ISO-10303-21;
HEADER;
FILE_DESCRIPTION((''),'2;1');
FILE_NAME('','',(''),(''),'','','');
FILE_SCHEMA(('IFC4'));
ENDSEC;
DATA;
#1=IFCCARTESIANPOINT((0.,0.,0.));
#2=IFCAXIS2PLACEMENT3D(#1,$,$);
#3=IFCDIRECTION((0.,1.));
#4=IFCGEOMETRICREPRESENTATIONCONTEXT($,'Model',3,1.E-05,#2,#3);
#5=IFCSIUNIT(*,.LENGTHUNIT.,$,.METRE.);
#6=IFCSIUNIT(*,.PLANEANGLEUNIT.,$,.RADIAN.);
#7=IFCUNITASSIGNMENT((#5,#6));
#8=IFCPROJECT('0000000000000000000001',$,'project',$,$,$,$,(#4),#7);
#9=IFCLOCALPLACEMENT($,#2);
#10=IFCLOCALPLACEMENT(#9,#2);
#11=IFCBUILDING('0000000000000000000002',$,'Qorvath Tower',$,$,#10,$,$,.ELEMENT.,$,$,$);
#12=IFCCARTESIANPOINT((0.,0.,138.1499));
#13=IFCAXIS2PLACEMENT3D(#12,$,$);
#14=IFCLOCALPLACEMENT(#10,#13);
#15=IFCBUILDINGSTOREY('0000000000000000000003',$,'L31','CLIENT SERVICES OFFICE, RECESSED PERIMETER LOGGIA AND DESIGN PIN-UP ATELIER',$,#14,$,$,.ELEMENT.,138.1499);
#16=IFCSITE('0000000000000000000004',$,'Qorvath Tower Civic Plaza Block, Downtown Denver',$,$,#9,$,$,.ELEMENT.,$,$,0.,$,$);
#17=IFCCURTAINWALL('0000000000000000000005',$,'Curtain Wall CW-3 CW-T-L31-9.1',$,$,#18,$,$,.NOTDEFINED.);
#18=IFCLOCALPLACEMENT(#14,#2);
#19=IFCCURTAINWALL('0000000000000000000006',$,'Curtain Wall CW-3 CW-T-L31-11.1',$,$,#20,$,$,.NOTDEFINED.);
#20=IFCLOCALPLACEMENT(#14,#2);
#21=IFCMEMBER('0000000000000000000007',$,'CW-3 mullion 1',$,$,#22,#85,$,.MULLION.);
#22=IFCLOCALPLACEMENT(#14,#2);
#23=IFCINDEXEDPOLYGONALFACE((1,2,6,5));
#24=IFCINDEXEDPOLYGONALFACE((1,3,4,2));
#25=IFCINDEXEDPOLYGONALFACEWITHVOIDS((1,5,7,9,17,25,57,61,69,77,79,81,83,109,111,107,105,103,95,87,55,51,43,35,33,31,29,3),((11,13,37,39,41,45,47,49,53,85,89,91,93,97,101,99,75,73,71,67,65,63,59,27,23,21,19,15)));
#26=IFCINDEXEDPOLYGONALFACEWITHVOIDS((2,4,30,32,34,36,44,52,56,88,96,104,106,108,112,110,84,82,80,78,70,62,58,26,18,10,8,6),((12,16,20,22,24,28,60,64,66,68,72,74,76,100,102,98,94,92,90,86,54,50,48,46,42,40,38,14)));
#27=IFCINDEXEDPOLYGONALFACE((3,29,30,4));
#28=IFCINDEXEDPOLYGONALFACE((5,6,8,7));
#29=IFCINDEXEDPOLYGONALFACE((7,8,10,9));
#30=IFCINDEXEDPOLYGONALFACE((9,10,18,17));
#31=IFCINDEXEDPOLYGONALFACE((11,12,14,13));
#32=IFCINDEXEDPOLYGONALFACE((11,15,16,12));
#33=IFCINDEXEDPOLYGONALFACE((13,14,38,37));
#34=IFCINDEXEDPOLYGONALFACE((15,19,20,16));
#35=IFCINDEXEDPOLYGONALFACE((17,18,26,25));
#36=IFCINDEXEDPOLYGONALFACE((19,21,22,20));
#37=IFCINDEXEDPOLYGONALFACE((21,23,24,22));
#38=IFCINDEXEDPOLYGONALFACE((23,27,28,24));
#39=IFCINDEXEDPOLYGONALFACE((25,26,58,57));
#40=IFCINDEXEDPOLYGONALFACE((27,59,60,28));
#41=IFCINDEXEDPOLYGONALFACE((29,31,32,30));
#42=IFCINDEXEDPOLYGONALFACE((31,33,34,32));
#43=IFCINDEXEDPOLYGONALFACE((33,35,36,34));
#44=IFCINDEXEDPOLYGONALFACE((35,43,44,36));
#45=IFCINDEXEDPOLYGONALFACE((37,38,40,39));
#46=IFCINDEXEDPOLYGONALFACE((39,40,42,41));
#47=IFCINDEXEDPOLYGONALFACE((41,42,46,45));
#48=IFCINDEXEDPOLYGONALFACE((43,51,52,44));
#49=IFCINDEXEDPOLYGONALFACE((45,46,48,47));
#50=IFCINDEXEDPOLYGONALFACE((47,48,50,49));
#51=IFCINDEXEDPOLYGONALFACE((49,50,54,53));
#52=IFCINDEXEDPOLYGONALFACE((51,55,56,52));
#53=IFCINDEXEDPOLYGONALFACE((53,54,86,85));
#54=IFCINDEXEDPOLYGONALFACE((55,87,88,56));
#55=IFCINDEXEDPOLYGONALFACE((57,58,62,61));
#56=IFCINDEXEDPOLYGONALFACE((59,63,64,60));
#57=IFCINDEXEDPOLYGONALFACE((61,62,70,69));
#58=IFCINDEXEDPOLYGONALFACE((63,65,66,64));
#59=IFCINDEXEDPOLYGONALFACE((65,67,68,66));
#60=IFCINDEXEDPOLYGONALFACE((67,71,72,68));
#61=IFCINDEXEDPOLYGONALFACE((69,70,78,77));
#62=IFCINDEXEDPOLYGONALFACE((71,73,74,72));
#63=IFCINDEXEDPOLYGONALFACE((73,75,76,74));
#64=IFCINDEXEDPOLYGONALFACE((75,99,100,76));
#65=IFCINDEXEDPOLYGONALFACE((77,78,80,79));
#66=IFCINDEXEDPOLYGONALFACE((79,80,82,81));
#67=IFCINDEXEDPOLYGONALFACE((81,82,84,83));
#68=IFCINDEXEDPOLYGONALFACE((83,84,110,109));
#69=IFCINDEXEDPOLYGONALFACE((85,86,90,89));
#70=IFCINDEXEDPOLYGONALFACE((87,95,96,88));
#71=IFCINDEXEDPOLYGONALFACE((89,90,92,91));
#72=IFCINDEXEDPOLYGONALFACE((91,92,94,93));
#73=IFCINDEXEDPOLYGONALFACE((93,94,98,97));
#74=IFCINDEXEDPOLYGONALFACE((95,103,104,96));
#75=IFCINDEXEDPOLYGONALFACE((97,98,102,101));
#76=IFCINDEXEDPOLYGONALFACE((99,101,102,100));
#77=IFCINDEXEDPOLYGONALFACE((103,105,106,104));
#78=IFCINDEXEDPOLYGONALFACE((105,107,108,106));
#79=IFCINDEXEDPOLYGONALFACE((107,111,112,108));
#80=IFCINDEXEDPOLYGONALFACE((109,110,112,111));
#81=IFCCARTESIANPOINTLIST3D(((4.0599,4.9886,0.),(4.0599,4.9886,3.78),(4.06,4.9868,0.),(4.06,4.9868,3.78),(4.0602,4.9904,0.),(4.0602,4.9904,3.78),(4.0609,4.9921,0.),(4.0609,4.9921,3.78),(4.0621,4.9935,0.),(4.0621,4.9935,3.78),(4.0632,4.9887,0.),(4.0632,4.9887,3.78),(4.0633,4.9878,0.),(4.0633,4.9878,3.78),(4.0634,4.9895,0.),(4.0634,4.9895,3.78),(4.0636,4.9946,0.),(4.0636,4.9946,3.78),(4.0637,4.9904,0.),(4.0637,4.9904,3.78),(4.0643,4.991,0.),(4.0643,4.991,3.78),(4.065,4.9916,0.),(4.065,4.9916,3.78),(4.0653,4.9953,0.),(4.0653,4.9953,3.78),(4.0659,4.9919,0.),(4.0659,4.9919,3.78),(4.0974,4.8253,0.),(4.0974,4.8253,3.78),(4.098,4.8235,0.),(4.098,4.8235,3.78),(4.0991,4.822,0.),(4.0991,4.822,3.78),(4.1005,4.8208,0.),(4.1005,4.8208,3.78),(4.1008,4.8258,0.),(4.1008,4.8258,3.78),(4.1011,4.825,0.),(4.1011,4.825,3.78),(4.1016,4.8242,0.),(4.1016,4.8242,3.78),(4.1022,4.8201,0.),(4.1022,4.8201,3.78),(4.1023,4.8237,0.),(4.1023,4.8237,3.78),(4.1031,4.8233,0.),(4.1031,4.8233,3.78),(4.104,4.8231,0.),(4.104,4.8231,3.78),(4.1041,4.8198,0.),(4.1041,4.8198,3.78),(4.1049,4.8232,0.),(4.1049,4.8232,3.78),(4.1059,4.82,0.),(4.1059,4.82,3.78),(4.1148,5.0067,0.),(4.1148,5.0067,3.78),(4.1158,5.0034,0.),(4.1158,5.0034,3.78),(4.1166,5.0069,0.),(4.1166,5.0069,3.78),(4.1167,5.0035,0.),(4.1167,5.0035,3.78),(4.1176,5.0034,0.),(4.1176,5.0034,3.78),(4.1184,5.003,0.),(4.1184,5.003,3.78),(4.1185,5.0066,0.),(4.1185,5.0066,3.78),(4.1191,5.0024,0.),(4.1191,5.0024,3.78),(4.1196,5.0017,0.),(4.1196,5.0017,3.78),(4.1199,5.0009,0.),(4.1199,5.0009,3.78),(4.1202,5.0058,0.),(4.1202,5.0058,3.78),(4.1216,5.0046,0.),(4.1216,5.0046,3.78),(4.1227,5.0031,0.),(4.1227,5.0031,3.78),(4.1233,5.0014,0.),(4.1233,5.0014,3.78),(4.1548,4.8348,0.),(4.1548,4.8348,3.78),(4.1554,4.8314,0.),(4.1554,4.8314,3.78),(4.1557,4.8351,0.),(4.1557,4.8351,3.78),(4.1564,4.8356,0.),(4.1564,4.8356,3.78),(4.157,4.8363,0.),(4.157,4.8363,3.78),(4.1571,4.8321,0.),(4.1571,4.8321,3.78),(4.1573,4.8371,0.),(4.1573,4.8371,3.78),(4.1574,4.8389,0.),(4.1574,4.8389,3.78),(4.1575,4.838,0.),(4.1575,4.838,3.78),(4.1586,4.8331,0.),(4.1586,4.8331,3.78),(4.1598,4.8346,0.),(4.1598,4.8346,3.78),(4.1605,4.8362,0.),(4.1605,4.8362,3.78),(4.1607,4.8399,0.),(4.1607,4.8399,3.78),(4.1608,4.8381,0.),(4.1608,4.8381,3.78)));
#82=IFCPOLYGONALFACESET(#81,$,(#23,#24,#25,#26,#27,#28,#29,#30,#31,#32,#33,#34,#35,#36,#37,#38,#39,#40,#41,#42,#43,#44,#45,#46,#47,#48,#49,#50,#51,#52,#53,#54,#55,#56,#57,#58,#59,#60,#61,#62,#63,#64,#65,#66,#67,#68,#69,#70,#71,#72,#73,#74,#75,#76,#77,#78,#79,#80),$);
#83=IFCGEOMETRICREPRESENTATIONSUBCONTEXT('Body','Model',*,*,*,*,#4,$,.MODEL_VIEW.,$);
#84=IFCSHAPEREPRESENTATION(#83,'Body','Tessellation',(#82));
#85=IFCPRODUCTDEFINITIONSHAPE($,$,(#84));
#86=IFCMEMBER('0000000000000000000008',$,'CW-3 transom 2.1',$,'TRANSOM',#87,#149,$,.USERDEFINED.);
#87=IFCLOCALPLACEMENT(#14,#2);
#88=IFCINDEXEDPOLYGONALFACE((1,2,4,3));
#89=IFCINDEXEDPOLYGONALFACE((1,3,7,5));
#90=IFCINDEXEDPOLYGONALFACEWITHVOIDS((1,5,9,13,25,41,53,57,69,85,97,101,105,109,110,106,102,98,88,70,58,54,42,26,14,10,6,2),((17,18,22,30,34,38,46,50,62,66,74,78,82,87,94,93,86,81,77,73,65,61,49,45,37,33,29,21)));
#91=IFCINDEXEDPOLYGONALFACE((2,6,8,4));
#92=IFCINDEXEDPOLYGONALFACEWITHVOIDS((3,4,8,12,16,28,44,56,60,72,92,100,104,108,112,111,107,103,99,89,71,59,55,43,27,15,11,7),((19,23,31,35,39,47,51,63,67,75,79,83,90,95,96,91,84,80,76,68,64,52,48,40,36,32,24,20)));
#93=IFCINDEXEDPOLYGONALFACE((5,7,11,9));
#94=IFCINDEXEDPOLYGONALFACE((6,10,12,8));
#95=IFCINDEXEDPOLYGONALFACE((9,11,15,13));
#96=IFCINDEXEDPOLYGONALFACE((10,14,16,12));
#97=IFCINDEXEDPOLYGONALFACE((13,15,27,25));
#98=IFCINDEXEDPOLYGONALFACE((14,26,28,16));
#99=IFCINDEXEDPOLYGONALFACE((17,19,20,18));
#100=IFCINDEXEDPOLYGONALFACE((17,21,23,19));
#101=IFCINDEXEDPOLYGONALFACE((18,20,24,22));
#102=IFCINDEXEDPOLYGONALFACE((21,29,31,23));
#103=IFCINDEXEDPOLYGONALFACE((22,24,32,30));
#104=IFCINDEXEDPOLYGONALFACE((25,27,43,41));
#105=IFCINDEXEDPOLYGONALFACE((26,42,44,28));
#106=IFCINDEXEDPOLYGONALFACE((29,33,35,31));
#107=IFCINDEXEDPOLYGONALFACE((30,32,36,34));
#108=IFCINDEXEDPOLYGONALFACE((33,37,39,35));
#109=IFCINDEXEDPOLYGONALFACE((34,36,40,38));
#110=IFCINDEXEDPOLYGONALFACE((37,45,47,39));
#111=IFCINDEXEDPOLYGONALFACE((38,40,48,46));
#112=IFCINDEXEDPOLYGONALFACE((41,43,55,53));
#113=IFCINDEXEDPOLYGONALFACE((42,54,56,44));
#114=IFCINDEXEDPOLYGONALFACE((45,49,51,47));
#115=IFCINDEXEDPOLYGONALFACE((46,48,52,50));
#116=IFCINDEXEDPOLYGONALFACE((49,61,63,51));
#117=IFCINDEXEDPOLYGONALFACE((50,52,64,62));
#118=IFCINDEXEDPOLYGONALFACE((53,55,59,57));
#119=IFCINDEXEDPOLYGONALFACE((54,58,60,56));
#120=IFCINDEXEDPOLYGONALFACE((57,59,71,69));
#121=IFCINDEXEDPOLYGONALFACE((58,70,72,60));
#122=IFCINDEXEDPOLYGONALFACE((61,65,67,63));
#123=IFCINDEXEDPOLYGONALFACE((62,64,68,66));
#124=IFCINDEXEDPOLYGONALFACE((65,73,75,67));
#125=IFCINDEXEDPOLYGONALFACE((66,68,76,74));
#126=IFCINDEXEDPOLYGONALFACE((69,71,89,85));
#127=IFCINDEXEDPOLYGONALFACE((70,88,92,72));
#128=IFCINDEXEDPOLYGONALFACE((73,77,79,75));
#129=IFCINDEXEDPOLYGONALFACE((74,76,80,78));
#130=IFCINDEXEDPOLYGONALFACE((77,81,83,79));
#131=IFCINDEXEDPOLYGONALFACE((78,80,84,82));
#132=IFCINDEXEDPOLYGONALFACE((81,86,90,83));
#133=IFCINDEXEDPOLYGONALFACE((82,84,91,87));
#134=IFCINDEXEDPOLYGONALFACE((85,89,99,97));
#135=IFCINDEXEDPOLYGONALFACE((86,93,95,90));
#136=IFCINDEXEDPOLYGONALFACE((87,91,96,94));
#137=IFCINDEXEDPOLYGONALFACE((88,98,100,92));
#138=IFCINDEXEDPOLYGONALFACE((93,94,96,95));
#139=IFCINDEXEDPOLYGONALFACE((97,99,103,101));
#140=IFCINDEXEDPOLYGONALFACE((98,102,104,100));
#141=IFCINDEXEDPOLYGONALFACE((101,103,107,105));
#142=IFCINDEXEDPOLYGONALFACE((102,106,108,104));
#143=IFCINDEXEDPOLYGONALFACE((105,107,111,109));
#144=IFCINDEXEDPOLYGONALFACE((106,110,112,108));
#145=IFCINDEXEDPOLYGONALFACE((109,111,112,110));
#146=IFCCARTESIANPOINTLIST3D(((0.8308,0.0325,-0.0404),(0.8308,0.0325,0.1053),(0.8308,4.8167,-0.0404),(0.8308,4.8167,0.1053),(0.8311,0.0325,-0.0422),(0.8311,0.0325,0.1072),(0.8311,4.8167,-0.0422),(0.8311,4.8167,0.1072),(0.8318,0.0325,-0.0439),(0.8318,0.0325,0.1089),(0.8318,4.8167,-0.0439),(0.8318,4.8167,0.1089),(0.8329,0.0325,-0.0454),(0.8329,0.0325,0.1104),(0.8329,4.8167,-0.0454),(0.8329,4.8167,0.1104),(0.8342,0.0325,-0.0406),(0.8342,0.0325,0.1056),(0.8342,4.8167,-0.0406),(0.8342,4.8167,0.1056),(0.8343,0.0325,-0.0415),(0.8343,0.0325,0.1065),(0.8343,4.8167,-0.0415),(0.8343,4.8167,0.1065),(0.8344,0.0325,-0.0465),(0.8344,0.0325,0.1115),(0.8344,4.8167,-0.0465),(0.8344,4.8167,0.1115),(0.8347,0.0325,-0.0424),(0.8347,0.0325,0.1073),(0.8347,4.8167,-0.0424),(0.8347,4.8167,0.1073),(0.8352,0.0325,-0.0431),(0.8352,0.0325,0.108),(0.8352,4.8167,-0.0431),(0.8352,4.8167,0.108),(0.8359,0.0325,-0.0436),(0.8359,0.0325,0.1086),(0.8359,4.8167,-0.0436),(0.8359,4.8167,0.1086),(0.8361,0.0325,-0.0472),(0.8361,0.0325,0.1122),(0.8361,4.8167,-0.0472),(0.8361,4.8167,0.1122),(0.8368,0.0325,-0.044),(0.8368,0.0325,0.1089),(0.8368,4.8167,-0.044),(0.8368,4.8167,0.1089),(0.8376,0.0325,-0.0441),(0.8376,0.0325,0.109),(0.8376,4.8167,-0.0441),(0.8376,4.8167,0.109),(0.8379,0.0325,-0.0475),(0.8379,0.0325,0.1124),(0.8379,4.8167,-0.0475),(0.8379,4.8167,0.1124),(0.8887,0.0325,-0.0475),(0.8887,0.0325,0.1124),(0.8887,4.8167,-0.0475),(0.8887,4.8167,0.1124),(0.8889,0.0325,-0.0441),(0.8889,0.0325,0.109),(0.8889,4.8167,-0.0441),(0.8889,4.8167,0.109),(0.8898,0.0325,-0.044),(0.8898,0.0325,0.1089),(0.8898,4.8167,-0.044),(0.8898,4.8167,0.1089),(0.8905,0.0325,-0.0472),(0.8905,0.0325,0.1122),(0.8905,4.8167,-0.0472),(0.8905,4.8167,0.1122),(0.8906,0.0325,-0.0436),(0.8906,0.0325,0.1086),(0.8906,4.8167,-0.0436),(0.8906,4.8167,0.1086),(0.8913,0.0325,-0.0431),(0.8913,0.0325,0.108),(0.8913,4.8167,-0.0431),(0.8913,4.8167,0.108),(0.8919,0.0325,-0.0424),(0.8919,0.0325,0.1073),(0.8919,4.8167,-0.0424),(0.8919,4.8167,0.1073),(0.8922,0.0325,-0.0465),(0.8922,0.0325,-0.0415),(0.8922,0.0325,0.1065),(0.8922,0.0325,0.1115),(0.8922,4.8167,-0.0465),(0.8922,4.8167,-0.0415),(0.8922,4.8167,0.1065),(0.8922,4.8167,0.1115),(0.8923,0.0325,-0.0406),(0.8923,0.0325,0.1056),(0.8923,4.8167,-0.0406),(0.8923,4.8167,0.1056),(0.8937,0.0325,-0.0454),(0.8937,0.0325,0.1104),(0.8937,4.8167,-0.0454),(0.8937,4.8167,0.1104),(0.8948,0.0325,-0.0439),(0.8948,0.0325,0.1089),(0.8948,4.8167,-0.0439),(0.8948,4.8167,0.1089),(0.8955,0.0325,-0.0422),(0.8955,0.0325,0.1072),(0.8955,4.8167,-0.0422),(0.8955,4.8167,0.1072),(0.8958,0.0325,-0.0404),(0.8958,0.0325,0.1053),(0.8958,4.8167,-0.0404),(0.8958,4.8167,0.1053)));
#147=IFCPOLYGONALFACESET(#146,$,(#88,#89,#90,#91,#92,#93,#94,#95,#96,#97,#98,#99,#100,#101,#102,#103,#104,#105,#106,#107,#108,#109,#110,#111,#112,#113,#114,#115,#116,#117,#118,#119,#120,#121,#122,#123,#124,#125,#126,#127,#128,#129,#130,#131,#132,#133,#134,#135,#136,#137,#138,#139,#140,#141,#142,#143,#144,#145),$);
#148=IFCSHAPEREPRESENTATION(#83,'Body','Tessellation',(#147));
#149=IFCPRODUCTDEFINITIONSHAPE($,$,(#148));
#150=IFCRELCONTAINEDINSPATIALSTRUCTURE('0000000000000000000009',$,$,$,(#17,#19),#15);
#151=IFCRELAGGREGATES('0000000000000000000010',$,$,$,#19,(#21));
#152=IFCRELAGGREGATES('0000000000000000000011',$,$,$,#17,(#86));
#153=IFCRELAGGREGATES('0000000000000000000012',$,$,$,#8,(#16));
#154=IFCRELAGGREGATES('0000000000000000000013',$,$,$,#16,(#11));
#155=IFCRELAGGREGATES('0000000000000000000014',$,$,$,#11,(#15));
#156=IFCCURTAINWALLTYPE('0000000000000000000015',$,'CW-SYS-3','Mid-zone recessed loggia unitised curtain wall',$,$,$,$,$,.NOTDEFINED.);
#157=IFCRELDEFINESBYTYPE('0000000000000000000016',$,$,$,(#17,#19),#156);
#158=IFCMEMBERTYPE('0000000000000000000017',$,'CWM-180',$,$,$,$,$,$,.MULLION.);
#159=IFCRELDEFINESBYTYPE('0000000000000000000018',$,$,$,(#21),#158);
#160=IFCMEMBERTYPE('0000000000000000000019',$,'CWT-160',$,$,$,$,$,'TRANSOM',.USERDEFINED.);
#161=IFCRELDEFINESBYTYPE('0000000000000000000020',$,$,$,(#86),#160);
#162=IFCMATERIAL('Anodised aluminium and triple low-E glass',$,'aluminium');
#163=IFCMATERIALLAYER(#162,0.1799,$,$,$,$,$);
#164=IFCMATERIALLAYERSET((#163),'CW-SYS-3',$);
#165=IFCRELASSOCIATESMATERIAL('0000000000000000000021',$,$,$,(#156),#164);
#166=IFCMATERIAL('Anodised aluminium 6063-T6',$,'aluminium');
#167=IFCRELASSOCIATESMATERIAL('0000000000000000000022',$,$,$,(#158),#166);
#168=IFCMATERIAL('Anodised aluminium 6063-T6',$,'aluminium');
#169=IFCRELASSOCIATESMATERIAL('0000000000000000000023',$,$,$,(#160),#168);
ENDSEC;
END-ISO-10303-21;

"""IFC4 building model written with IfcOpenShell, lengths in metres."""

from ifc_helpers import new_model, si_unit, direction, frame, origin, origin_2d, place, context, subcontext, project, spatial, hollow_rectangle, extrude, material, layer, layer_set, material_profile, profile_set, type_object, element, aggregate, save


model = new_model("IFC4")

# Units and contexts
model_context = context("Model", 3, precision=1e-05, world=origin(), true_north=direction((0.0, 1.0)))
body_context = subcontext(model_context, "Body", "Model", "MODEL_VIEW")
ifc_project = project(units=[si_unit("LENGTHUNIT", "METRE"), si_unit("PLANEANGLEUNIT", "RADIAN")], contexts=[model_context])

# Site, building, storey
site_placement = place(None, origin())
site = spatial("IfcSite", under=ifc_project, at=site_placement, Name="Qorvath Tower Civic Plaza Block, Downtown Denver", CompositionType="ELEMENT", RefElevation=0.0)
building_placement = place(site_placement, origin())
building = spatial("IfcBuilding", under=site, at=building_placement, Name="Qorvath Tower", CompositionType="ELEMENT")
storey_placement = place(building_placement, frame((0.0, 0.0, 138.1499)))
storey = spatial("IfcBuildingStorey", under=building, at=storey_placement, Name="L31", Description="CLIENT SERVICES OFFICE, RECESSED PERIMETER LOGGIA AND DESIGN PIN-UP ATELIER", CompositionType="ELEMENT", Elevation=138.1499)

# Curtain wall
ifc_material_1 = material(Name="Anodised aluminium and triple low-E glass", Category="aluminium")
ifc_layer_1 = layer(ifc_material_1, 0.1799)
ifc_layer_set_1 = layer_set([ifc_layer_1], Name="CW-SYS-3")
curtain_wall_type = type_object("IfcCurtainWallType", Name="CW-SYS-3", Description="Mid-zone recessed loggia unitised curtain wall", PredefinedType="NOTDEFINED", material=ifc_layer_set_1)
curtain_wall_1_placement = place(storey_placement, origin())
curtain_wall_1 = element("IfcCurtainWall", 1, at=curtain_wall_1_placement, inside=storey, type_object=curtain_wall_type, Name="Curtain Wall CW-3 CW-T-L31-9.1", PredefinedType="NOTDEFINED")
ifc_material_2 = material(Name="Anodised aluminium 6063-T6", Category="aluminium")
ifc_material_profile_1 = material_profile(ifc_material_2, hollow_rectangle(XDim=0.0649, YDim=0.1799, WallThickness=0.0034, InnerFilletRadius=0.0034, OuterFilletRadius=0.0071, at=origin_2d()), Name="CWM 180x65")
ifc_profile_set_1 = profile_set([ifc_material_profile_1], Name="Anodised aluminium 6063-T6")
member_type_1 = type_object("IfcMemberType", Name="CWM-180", PredefinedType="MULLION", material=ifc_profile_set_1)

# Curtain wall, member
curtain_wall_2_placement = place(storey_placement, origin())
curtain_wall_2 = element("IfcCurtainWall", 2, at=curtain_wall_2_placement, inside=storey, type_object=curtain_wall_type, Name="Curtain Wall CW-3 CW-T-L31-11.1", PredefinedType="NOTDEFINED")
member_1_placement = place(storey_placement, frame((4.1104, 4.9133, 0.0), z_axis=(0.0, 0.0, 1.0), x_axis=(-0.974262, -0.225417, 0.0)))
member_1 = element("IfcMember", 3, at=member_1_placement, type_object=member_type_1, Name="CW-3 mullion 1", PredefinedType="MULLION", context=body_context, shape_type="SweptSolid", body=[
    extrude(hollow_rectangle(XDim=0.0649, YDim=0.1799, WallThickness=0.0034, InnerFilletRadius=0.0034, OuterFilletRadius=0.0071, at=origin_2d()), origin(), (0.0, 0.0, 1.0), 3.78),
])

# Member
ifc_material_3 = material(Name="Anodised aluminium 6063-T6", Category="aluminium")
ifc_material_profile_2 = material_profile(ifc_material_3, hollow_rectangle(XDim=0.0649, YDim=0.1599, WallThickness=0.0034, InnerFilletRadius=0.0034, OuterFilletRadius=0.0071, at=origin_2d()), Name="CWT 160x65")
ifc_profile_set_2 = profile_set([ifc_material_profile_2], Name="Anodised aluminium 6063-T6")
member_type_2 = type_object("IfcMemberType", Name="CWT-160", ElementType="TRANSOM", PredefinedType="USERDEFINED", material=ifc_profile_set_2)
member_2_placement = place(storey_placement, frame((0.8633, 0.0325, 0.0325), z_axis=(0.0, 1.0, 0.0), x_axis=(-1.0, 0.0, 0.0)))
member_2 = element("IfcMember", 4, at=member_2_placement, type_object=member_type_2, Name="CW-3 transom 2.1", ObjectType="TRANSOM", PredefinedType="USERDEFINED", context=body_context, shape_type="SweptSolid", body=[
    extrude(hollow_rectangle(XDim=0.0649, YDim=0.1599, WallThickness=0.0034, InnerFilletRadius=0.0034, OuterFilletRadius=0.0071, at=origin_2d()), origin(), (0.0, 0.0, 1.0), 4.7842),
])
aggregate(curtain_wall_2, [member_1])

aggregate(curtain_wall_1, [member_2])

save(model, "model.ifc")
